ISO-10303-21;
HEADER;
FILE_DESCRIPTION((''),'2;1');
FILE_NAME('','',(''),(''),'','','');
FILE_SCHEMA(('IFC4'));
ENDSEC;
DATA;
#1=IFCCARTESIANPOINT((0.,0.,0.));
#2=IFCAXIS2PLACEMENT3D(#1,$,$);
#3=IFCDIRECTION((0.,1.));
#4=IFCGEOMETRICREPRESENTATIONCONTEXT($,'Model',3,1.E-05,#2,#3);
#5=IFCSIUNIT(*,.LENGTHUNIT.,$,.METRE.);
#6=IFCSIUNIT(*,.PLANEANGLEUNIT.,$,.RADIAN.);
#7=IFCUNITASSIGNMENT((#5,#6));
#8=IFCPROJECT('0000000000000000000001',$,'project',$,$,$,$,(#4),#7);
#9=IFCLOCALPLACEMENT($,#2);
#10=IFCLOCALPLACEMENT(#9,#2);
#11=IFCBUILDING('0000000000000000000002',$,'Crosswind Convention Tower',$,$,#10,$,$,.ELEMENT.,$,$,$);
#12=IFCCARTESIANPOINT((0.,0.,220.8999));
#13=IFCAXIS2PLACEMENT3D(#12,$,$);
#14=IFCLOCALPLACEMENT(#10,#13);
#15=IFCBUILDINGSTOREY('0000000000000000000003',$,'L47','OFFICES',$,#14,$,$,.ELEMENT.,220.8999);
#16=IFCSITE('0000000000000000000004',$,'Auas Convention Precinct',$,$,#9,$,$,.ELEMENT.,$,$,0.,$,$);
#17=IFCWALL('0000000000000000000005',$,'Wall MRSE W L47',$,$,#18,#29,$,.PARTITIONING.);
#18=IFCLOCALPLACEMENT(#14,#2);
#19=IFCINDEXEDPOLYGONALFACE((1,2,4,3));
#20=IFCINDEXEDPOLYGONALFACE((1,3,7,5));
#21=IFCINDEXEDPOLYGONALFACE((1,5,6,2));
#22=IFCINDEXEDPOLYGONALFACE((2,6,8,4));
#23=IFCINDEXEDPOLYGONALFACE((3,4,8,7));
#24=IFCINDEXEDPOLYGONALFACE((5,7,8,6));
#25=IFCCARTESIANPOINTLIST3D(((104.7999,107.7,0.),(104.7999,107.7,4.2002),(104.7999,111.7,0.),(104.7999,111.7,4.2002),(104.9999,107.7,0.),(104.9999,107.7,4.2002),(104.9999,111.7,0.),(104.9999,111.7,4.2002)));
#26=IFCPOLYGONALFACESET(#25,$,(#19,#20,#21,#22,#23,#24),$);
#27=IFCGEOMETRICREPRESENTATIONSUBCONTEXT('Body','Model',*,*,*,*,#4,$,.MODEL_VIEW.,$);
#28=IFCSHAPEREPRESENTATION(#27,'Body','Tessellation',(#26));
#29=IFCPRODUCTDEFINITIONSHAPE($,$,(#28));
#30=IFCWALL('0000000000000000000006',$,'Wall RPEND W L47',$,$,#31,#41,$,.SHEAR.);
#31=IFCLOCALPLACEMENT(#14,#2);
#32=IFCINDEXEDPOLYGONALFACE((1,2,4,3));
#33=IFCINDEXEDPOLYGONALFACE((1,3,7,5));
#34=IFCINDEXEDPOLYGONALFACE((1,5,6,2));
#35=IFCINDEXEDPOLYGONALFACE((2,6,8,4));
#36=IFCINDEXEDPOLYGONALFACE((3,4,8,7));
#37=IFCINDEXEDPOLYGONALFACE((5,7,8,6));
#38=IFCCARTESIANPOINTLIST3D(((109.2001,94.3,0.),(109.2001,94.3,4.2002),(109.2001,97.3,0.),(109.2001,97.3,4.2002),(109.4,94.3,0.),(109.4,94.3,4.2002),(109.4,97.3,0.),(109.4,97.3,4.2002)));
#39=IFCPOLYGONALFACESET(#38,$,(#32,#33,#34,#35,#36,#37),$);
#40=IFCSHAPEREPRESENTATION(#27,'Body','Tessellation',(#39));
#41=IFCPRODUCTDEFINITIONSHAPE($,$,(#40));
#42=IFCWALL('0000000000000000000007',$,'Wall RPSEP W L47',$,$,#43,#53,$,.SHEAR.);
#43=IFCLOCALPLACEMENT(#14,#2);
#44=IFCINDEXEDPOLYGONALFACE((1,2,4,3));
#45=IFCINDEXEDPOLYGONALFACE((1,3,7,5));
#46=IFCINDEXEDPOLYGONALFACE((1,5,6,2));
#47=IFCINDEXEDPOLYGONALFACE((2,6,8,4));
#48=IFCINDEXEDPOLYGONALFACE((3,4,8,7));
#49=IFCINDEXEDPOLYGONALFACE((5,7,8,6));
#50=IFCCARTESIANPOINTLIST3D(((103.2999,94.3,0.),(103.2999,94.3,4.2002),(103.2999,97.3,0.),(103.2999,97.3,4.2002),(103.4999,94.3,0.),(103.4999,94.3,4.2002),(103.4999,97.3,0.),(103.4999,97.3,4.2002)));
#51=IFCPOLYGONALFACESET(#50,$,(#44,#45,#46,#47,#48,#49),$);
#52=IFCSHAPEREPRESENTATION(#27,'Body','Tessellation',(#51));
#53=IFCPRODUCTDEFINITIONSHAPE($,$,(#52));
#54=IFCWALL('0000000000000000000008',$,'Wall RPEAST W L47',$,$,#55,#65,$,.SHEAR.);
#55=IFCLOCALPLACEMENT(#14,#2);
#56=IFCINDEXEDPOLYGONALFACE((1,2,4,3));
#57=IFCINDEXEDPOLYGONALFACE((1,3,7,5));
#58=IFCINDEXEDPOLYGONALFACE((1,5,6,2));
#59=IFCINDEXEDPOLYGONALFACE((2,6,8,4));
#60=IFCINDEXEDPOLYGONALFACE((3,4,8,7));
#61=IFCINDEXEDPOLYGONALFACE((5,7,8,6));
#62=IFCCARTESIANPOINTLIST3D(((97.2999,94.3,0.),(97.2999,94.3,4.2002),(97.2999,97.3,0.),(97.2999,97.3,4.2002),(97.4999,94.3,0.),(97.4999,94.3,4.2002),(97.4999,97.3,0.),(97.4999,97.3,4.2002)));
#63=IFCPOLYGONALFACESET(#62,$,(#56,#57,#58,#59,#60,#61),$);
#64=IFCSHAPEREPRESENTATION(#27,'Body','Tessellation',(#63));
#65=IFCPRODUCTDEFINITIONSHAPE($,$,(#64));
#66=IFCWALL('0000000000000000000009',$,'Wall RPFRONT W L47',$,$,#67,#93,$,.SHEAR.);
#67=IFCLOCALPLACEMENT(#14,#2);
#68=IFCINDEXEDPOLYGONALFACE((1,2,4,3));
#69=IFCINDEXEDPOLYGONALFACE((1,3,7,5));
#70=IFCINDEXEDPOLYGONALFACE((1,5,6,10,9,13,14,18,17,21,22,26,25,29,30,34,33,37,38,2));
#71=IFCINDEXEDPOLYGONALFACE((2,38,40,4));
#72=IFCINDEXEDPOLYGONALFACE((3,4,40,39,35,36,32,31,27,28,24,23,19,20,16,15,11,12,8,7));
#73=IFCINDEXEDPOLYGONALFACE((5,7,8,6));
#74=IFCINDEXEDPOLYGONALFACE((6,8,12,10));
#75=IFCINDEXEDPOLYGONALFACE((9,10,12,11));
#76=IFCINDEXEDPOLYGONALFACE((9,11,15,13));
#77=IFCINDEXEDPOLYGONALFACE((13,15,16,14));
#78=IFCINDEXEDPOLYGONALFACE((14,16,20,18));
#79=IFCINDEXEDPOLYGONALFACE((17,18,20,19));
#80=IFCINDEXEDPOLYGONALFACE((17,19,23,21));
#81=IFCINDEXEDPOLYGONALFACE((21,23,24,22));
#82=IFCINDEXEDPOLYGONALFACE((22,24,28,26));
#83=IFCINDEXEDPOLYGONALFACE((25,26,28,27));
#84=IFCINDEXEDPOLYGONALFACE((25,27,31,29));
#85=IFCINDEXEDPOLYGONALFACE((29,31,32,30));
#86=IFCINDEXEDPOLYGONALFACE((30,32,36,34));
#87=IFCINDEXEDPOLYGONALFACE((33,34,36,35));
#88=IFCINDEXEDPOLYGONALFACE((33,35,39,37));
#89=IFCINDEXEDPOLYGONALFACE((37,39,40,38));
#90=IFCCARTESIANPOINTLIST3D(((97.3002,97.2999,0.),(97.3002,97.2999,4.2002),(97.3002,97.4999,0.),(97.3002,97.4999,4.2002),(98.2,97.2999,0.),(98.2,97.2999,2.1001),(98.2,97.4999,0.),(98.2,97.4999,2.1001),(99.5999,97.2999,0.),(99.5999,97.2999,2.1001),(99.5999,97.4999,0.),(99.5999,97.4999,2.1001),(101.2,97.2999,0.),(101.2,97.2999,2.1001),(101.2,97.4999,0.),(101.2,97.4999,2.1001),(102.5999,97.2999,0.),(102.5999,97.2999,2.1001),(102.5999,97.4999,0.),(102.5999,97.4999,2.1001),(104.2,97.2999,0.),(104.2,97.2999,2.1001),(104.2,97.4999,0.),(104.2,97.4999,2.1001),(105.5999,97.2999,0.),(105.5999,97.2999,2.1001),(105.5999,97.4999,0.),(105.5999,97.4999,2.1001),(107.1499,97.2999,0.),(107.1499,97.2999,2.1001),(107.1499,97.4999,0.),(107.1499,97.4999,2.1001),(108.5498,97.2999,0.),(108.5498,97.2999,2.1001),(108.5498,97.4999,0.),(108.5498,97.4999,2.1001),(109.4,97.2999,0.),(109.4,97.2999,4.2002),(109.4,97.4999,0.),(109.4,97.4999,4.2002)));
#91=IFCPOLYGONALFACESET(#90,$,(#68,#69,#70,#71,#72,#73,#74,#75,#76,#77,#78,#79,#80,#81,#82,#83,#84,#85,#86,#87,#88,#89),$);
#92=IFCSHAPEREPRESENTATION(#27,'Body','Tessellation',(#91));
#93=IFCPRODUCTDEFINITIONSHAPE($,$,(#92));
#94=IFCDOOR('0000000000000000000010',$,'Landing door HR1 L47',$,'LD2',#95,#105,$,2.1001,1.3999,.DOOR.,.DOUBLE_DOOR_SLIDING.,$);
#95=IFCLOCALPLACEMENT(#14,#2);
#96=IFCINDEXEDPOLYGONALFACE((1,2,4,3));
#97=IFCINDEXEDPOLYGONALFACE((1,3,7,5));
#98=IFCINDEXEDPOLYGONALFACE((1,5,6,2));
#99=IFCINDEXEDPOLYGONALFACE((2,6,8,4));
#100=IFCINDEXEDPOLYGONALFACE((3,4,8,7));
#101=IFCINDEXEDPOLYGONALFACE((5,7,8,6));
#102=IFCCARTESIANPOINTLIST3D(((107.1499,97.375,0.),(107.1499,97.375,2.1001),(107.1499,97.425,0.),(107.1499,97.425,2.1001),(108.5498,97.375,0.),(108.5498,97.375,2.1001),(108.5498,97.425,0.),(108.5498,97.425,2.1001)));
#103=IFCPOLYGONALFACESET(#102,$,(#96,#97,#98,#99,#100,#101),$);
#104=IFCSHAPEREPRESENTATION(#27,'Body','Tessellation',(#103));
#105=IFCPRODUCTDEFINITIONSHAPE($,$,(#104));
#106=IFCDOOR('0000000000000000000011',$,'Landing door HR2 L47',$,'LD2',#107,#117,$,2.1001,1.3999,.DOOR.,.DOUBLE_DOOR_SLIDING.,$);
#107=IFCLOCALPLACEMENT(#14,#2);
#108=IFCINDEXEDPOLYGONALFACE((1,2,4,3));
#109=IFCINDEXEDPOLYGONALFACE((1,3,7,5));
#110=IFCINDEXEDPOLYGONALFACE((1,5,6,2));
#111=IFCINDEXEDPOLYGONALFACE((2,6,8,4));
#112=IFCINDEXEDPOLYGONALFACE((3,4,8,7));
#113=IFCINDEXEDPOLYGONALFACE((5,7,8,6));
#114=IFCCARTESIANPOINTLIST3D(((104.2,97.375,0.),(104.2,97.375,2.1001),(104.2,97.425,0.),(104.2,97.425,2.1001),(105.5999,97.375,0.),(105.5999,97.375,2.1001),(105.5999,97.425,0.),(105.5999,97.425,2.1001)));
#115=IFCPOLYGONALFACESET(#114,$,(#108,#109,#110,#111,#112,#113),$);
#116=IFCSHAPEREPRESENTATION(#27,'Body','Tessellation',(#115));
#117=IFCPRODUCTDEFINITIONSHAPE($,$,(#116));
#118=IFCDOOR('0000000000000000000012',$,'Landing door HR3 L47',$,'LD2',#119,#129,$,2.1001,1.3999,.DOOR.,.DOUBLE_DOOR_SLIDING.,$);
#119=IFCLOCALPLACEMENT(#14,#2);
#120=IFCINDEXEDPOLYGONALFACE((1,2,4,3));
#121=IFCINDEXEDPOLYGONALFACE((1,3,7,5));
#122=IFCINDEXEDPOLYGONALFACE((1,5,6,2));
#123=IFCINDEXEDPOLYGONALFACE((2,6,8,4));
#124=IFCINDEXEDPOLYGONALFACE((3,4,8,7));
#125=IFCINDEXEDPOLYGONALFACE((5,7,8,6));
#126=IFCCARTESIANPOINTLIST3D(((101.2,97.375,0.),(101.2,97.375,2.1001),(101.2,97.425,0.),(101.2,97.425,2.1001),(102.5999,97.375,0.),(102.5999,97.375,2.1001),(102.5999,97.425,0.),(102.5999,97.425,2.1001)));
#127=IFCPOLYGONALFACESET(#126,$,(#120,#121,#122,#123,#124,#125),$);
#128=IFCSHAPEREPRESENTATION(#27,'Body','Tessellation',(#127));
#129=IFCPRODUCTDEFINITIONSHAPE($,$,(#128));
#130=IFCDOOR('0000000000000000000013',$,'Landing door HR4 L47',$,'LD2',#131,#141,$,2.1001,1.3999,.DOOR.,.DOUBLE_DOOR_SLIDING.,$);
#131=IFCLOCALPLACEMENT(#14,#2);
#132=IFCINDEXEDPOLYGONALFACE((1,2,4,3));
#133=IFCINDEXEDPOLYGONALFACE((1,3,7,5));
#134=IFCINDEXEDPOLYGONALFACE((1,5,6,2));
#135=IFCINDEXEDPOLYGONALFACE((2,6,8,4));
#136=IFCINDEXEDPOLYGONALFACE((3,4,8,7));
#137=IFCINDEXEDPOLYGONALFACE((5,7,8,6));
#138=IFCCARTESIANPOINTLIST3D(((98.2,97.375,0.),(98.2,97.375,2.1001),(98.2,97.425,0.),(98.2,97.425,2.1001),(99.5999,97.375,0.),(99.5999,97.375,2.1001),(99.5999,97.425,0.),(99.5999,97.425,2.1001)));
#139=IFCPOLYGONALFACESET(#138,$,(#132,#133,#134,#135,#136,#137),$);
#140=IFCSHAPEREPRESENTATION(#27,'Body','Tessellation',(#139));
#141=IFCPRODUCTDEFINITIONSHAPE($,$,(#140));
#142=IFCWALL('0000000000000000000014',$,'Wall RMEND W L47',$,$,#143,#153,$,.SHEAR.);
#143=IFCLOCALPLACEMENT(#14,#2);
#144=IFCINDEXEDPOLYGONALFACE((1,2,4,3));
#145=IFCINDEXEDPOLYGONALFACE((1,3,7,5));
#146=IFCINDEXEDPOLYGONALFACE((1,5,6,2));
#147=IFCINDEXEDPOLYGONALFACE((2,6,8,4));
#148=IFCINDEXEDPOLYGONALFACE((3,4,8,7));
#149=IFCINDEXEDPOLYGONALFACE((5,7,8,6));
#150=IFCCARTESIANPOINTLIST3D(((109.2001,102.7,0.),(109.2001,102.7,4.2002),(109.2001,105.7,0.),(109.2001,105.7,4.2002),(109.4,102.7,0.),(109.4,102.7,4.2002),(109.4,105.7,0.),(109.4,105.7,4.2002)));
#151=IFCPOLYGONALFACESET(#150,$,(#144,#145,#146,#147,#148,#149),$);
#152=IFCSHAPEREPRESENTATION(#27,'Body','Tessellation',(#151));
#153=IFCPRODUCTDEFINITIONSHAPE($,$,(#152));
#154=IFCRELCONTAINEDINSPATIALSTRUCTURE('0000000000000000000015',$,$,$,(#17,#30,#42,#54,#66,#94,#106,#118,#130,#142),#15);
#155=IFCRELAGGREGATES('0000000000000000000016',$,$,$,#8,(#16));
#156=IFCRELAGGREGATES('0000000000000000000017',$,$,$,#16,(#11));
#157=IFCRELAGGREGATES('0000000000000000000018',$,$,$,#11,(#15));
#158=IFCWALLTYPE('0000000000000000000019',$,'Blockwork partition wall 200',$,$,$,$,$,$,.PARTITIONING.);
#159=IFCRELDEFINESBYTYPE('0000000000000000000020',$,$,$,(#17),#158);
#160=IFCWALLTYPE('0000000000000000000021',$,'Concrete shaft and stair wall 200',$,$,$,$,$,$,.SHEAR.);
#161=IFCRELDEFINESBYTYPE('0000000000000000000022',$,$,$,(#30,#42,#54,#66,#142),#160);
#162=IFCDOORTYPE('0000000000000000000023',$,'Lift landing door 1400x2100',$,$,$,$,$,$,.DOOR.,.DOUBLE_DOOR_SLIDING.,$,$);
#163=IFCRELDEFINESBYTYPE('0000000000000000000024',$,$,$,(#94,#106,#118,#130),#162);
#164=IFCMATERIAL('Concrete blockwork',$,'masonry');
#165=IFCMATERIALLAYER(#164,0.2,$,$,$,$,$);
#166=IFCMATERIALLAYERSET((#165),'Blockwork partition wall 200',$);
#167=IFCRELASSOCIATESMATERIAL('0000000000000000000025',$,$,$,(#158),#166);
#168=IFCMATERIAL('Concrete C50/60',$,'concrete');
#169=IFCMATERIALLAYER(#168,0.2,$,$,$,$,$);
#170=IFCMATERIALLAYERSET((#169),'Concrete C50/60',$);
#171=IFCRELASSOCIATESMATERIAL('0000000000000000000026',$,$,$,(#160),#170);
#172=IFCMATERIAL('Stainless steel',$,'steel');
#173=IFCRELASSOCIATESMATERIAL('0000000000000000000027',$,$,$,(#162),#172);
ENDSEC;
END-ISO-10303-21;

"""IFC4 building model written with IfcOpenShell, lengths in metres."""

from ifc_helpers import new_model, si_unit, direction, frame, frame_2d, origin, place, context, subcontext, project, spatial, rectangle, extrude, material, layer, layer_set, type_object, element, fill, save


model = new_model("IFC4")

# Units and contexts
model_context = context("Model", 3, precision=1e-05, world=origin(), true_north=direction((0.0, 1.0)))
body_context = subcontext(model_context, "Body", "Model", "MODEL_VIEW")
ifc_project = project(units=[si_unit("LENGTHUNIT", "METRE"), si_unit("PLANEANGLEUNIT", "RADIAN")], contexts=[model_context])

# Site, building, storey
site_placement = place(None, origin())
site = spatial("IfcSite", under=ifc_project, at=site_placement, Name="Auas Convention Precinct", CompositionType="ELEMENT", RefElevation=0.0)
building_placement = place(site_placement, origin())
building = spatial("IfcBuilding", under=site, at=building_placement, Name="Crosswind Convention Tower", CompositionType="ELEMENT")
storey_placement = place(building_placement, frame((0.0, 0.0, 220.8999)))
storey = spatial("IfcBuildingStorey", under=building, at=storey_placement, Name="L47", Description="OFFICES", CompositionType="ELEMENT", Elevation=220.8999)

# Walls
ifc_material_1 = material(Name="Concrete blockwork", Category="masonry")
ifc_layer_1 = layer(ifc_material_1, 0.2)
ifc_layer_set_1 = layer_set([ifc_layer_1], Name="Blockwork partition wall 200")
wall_type_1 = type_object("IfcWallType", Name="Blockwork partition wall 200", PredefinedType="PARTITIONING", material=ifc_layer_set_1)
wall_1_placement = place(storey_placement, frame((104.8999, 111.7, 0.0), z_axis=(0.0, 0.0, 1.0), x_axis=(0.0, -1.0, 0.0)))
element("IfcWall", 1, at=wall_1_placement, inside=storey, type_object=wall_type_1, Name="Wall MRSE W L47", PredefinedType="PARTITIONING", context=body_context, shape_type="SweptSolid", body=[
    extrude(rectangle(XDim=4.0, YDim=0.2, at=frame_2d((2.0, 0.0))), origin(), (0.0, 0.0, 1.0), 4.2002),
])
ifc_material_2 = material(Name="Concrete C50/60", Category="concrete")
ifc_layer_2 = layer(ifc_material_2, 0.2)
ifc_layer_set_2 = layer_set([ifc_layer_2], Name="Concrete C50/60")
wall_type_2 = type_object("IfcWallType", Name="Concrete shaft and stair wall 200", PredefinedType="SHEAR", material=ifc_layer_set_2)
for number, where, z_axis, x_axis, name in (
    (2, (109.3, 97.3, 0.0), (0.0, 0.0, 1.0), (0.0, -1.0, 0.0), "Wall RPEND W L47"),
    (3, (103.3999, 97.3, 0.0), (0.0, 0.0, 1.0), (0.0, -1.0, 0.0), "Wall RPSEP W L47"),
    (4, (97.3999, 97.3, 0.0), (0.0, 0.0, 1.0), (0.0, -1.0, 0.0), "Wall RPEAST W L47"),
):
    element("IfcWall", number, at=place(storey_placement, frame(where, z_axis=z_axis, x_axis=x_axis)), inside=storey, type_object=wall_type_2, Name=name, PredefinedType="SHEAR", context=body_context, shape_type="SweptSolid", body=[
        extrude(rectangle(XDim=3.0, YDim=0.2, at=frame_2d((1.5, 0.0))), origin(), (0.0, 0.0, 1.0), 4.2002),
    ])

# Wall, openings, doors
wall_2_placement = place(storey_placement, frame((109.3999, 97.3999, 0.0), z_axis=(0.0, 0.0, 1.0), x_axis=(-1.0, 0.0, 0.0)))
wall_2 = element("IfcWall", 5, at=wall_2_placement, inside=storey, type_object=wall_type_2, Name="Wall RPFRONT W L47", PredefinedType="SHEAR", context=body_context, shape_type="SweptSolid", body=[
    extrude(rectangle(XDim=12.0999, YDim=0.2, at=frame_2d((6.0498, 0.0))), origin(), (0.0, 0.0, 1.0), 4.2002),
])
opening_1_placement = place(wall_2_placement, frame((0.8501, 0.0, 0.0)))
opening_1 = element("IfcOpeningElement", 6, at=opening_1_placement, cuts=wall_2, PredefinedType="OPENING", context=body_context, shape_type="SweptSolid", body=[
    extrude(rectangle(XDim=1.3999, YDim=2.1001, at=frame_2d((0.7, 1.05))), frame((0.0, 0.1099, 0.0), z_axis=(0.0, -1.0, 0.0), x_axis=(1.0, 0.0, 0.0)), (0.0, 0.0, 1.0), 0.22),
])
opening_2_placement = place(wall_2_placement, frame((3.8, 0.0, 0.0)))
opening_2 = element("IfcOpeningElement", 7, at=opening_2_placement, cuts=wall_2, PredefinedType="OPENING", context=body_context, shape_type="SweptSolid", body=[
    extrude(rectangle(XDim=1.3999, YDim=2.1001, at=frame_2d((0.7, 1.05))), frame((0.0, 0.1099, 0.0), z_axis=(0.0, -1.0, 0.0), x_axis=(1.0, 0.0, 0.0)), (0.0, 0.0, 1.0), 0.22),
])
opening_3_placement = place(wall_2_placement, frame((6.8, 0.0, 0.0)))
opening_3 = element("IfcOpeningElement", 8, at=opening_3_placement, cuts=wall_2, PredefinedType="OPENING", context=body_context, shape_type="SweptSolid", body=[
    extrude(rectangle(XDim=1.3999, YDim=2.1001, at=frame_2d((0.7, 1.05))), frame((0.0, 0.1099, 0.0), z_axis=(0.0, -1.0, 0.0), x_axis=(1.0, 0.0, 0.0)), (0.0, 0.0, 1.0), 0.22),
])
opening_4_placement = place(wall_2_placement, frame((9.8, 0.0, 0.0)))
opening_4 = element("IfcOpeningElement", 9, at=opening_4_placement, cuts=wall_2, PredefinedType="OPENING", context=body_context, shape_type="SweptSolid", body=[
    extrude(rectangle(XDim=1.3999, YDim=2.1001, at=frame_2d((0.7, 1.05))), frame((0.0, 0.1099, 0.0), z_axis=(0.0, -1.0, 0.0), x_axis=(1.0, 0.0, 0.0)), (0.0, 0.0, 1.0), 0.22),
])
ifc_material_3 = material(Name="Stainless steel", Category="steel")
door_type_1 = type_object("IfcDoorType", Name="Lift landing door 1400x2100", OperationType="DOUBLE_DOOR_SLIDING", PredefinedType="DOOR", material=ifc_material_3)
door_1_placement = place(opening_1_placement, origin())
door_1 = element("IfcDoor", 10, at=door_1_placement, inside=storey, type_object=door_type_1, Name="Landing door HR1 L47", ObjectType="LD2", OperationType="DOUBLE_DOOR_SLIDING", OverallHeight=2.1001, OverallWidth=1.3999, PredefinedType="DOOR", context=body_context, shape_type="SweptSolid", body=[
    extrude(rectangle(XDim=1.3999, YDim=2.1001, at=frame_2d((0.7, 1.05))), frame((0.0, 0.0249, 0.0), z_axis=(0.0, -1.0, 0.0), x_axis=(1.0, 0.0, 0.0)), (0.0, 0.0, 1.0), 0.05),
])
fill(opening_1, door_1)
door_2_placement = place(opening_2_placement, origin())
door_2 = element("IfcDoor", 11, at=door_2_placement, inside=storey, type_object=door_type_1, Name="Landing door HR2 L47", ObjectType="LD2", OperationType="DOUBLE_DOOR_SLIDING", OverallHeight=2.1001, OverallWidth=1.3999, PredefinedType="DOOR", context=body_context, shape_type="SweptSolid", body=[
    extrude(rectangle(XDim=1.3999, YDim=2.1001, at=frame_2d((0.7, 1.05))), frame((0.0, 0.0249, 0.0), z_axis=(0.0, -1.0, 0.0), x_axis=(1.0, 0.0, 0.0)), (0.0, 0.0, 1.0), 0.05),
])
fill(opening_2, door_2)
door_3_placement = place(opening_3_placement, origin())
door_3 = element("IfcDoor", 12, at=door_3_placement, inside=storey, type_object=door_type_1, Name="Landing door HR3 L47", ObjectType="LD2", OperationType="DOUBLE_DOOR_SLIDING", OverallHeight=2.1001, OverallWidth=1.3999, PredefinedType="DOOR", context=body_context, shape_type="SweptSolid", body=[
    extrude(rectangle(XDim=1.3999, YDim=2.1001, at=frame_2d((0.7, 1.05))), frame((0.0, 0.0249, 0.0), z_axis=(0.0, -1.0, 0.0), x_axis=(1.0, 0.0, 0.0)), (0.0, 0.0, 1.0), 0.05),
])
fill(opening_3, door_3)
door_4_placement = place(opening_4_placement, origin())
door_4 = element("IfcDoor", 13, at=door_4_placement, inside=storey, type_object=door_type_1, Name="Landing door HR4 L47", ObjectType="LD2", OperationType="DOUBLE_DOOR_SLIDING", OverallHeight=2.1001, OverallWidth=1.3999, PredefinedType="DOOR", context=body_context, shape_type="SweptSolid", body=[
    extrude(rectangle(XDim=1.3999, YDim=2.1001, at=frame_2d((0.7, 1.05))), frame((0.0, 0.0249, 0.0), z_axis=(0.0, -1.0, 0.0), x_axis=(1.0, 0.0, 0.0)), (0.0, 0.0, 1.0), 0.05),
])
fill(opening_4, door_4)

# Wall
wall_3_placement = place(storey_placement, frame((109.3, 105.7, 0.0), z_axis=(0.0, 0.0, 1.0), x_axis=(0.0, -1.0, 0.0)))
element("IfcWall", 14, at=wall_3_placement, inside=storey, type_object=wall_type_2, Name="Wall RMEND W L47", PredefinedType="SHEAR", context=body_context, shape_type="SweptSolid", body=[
    extrude(rectangle(XDim=3.0, YDim=0.2, at=frame_2d((1.5, 0.0))), origin(), (0.0, 0.0, 1.0), 4.2002),
])

save(model, "model.ifc")
